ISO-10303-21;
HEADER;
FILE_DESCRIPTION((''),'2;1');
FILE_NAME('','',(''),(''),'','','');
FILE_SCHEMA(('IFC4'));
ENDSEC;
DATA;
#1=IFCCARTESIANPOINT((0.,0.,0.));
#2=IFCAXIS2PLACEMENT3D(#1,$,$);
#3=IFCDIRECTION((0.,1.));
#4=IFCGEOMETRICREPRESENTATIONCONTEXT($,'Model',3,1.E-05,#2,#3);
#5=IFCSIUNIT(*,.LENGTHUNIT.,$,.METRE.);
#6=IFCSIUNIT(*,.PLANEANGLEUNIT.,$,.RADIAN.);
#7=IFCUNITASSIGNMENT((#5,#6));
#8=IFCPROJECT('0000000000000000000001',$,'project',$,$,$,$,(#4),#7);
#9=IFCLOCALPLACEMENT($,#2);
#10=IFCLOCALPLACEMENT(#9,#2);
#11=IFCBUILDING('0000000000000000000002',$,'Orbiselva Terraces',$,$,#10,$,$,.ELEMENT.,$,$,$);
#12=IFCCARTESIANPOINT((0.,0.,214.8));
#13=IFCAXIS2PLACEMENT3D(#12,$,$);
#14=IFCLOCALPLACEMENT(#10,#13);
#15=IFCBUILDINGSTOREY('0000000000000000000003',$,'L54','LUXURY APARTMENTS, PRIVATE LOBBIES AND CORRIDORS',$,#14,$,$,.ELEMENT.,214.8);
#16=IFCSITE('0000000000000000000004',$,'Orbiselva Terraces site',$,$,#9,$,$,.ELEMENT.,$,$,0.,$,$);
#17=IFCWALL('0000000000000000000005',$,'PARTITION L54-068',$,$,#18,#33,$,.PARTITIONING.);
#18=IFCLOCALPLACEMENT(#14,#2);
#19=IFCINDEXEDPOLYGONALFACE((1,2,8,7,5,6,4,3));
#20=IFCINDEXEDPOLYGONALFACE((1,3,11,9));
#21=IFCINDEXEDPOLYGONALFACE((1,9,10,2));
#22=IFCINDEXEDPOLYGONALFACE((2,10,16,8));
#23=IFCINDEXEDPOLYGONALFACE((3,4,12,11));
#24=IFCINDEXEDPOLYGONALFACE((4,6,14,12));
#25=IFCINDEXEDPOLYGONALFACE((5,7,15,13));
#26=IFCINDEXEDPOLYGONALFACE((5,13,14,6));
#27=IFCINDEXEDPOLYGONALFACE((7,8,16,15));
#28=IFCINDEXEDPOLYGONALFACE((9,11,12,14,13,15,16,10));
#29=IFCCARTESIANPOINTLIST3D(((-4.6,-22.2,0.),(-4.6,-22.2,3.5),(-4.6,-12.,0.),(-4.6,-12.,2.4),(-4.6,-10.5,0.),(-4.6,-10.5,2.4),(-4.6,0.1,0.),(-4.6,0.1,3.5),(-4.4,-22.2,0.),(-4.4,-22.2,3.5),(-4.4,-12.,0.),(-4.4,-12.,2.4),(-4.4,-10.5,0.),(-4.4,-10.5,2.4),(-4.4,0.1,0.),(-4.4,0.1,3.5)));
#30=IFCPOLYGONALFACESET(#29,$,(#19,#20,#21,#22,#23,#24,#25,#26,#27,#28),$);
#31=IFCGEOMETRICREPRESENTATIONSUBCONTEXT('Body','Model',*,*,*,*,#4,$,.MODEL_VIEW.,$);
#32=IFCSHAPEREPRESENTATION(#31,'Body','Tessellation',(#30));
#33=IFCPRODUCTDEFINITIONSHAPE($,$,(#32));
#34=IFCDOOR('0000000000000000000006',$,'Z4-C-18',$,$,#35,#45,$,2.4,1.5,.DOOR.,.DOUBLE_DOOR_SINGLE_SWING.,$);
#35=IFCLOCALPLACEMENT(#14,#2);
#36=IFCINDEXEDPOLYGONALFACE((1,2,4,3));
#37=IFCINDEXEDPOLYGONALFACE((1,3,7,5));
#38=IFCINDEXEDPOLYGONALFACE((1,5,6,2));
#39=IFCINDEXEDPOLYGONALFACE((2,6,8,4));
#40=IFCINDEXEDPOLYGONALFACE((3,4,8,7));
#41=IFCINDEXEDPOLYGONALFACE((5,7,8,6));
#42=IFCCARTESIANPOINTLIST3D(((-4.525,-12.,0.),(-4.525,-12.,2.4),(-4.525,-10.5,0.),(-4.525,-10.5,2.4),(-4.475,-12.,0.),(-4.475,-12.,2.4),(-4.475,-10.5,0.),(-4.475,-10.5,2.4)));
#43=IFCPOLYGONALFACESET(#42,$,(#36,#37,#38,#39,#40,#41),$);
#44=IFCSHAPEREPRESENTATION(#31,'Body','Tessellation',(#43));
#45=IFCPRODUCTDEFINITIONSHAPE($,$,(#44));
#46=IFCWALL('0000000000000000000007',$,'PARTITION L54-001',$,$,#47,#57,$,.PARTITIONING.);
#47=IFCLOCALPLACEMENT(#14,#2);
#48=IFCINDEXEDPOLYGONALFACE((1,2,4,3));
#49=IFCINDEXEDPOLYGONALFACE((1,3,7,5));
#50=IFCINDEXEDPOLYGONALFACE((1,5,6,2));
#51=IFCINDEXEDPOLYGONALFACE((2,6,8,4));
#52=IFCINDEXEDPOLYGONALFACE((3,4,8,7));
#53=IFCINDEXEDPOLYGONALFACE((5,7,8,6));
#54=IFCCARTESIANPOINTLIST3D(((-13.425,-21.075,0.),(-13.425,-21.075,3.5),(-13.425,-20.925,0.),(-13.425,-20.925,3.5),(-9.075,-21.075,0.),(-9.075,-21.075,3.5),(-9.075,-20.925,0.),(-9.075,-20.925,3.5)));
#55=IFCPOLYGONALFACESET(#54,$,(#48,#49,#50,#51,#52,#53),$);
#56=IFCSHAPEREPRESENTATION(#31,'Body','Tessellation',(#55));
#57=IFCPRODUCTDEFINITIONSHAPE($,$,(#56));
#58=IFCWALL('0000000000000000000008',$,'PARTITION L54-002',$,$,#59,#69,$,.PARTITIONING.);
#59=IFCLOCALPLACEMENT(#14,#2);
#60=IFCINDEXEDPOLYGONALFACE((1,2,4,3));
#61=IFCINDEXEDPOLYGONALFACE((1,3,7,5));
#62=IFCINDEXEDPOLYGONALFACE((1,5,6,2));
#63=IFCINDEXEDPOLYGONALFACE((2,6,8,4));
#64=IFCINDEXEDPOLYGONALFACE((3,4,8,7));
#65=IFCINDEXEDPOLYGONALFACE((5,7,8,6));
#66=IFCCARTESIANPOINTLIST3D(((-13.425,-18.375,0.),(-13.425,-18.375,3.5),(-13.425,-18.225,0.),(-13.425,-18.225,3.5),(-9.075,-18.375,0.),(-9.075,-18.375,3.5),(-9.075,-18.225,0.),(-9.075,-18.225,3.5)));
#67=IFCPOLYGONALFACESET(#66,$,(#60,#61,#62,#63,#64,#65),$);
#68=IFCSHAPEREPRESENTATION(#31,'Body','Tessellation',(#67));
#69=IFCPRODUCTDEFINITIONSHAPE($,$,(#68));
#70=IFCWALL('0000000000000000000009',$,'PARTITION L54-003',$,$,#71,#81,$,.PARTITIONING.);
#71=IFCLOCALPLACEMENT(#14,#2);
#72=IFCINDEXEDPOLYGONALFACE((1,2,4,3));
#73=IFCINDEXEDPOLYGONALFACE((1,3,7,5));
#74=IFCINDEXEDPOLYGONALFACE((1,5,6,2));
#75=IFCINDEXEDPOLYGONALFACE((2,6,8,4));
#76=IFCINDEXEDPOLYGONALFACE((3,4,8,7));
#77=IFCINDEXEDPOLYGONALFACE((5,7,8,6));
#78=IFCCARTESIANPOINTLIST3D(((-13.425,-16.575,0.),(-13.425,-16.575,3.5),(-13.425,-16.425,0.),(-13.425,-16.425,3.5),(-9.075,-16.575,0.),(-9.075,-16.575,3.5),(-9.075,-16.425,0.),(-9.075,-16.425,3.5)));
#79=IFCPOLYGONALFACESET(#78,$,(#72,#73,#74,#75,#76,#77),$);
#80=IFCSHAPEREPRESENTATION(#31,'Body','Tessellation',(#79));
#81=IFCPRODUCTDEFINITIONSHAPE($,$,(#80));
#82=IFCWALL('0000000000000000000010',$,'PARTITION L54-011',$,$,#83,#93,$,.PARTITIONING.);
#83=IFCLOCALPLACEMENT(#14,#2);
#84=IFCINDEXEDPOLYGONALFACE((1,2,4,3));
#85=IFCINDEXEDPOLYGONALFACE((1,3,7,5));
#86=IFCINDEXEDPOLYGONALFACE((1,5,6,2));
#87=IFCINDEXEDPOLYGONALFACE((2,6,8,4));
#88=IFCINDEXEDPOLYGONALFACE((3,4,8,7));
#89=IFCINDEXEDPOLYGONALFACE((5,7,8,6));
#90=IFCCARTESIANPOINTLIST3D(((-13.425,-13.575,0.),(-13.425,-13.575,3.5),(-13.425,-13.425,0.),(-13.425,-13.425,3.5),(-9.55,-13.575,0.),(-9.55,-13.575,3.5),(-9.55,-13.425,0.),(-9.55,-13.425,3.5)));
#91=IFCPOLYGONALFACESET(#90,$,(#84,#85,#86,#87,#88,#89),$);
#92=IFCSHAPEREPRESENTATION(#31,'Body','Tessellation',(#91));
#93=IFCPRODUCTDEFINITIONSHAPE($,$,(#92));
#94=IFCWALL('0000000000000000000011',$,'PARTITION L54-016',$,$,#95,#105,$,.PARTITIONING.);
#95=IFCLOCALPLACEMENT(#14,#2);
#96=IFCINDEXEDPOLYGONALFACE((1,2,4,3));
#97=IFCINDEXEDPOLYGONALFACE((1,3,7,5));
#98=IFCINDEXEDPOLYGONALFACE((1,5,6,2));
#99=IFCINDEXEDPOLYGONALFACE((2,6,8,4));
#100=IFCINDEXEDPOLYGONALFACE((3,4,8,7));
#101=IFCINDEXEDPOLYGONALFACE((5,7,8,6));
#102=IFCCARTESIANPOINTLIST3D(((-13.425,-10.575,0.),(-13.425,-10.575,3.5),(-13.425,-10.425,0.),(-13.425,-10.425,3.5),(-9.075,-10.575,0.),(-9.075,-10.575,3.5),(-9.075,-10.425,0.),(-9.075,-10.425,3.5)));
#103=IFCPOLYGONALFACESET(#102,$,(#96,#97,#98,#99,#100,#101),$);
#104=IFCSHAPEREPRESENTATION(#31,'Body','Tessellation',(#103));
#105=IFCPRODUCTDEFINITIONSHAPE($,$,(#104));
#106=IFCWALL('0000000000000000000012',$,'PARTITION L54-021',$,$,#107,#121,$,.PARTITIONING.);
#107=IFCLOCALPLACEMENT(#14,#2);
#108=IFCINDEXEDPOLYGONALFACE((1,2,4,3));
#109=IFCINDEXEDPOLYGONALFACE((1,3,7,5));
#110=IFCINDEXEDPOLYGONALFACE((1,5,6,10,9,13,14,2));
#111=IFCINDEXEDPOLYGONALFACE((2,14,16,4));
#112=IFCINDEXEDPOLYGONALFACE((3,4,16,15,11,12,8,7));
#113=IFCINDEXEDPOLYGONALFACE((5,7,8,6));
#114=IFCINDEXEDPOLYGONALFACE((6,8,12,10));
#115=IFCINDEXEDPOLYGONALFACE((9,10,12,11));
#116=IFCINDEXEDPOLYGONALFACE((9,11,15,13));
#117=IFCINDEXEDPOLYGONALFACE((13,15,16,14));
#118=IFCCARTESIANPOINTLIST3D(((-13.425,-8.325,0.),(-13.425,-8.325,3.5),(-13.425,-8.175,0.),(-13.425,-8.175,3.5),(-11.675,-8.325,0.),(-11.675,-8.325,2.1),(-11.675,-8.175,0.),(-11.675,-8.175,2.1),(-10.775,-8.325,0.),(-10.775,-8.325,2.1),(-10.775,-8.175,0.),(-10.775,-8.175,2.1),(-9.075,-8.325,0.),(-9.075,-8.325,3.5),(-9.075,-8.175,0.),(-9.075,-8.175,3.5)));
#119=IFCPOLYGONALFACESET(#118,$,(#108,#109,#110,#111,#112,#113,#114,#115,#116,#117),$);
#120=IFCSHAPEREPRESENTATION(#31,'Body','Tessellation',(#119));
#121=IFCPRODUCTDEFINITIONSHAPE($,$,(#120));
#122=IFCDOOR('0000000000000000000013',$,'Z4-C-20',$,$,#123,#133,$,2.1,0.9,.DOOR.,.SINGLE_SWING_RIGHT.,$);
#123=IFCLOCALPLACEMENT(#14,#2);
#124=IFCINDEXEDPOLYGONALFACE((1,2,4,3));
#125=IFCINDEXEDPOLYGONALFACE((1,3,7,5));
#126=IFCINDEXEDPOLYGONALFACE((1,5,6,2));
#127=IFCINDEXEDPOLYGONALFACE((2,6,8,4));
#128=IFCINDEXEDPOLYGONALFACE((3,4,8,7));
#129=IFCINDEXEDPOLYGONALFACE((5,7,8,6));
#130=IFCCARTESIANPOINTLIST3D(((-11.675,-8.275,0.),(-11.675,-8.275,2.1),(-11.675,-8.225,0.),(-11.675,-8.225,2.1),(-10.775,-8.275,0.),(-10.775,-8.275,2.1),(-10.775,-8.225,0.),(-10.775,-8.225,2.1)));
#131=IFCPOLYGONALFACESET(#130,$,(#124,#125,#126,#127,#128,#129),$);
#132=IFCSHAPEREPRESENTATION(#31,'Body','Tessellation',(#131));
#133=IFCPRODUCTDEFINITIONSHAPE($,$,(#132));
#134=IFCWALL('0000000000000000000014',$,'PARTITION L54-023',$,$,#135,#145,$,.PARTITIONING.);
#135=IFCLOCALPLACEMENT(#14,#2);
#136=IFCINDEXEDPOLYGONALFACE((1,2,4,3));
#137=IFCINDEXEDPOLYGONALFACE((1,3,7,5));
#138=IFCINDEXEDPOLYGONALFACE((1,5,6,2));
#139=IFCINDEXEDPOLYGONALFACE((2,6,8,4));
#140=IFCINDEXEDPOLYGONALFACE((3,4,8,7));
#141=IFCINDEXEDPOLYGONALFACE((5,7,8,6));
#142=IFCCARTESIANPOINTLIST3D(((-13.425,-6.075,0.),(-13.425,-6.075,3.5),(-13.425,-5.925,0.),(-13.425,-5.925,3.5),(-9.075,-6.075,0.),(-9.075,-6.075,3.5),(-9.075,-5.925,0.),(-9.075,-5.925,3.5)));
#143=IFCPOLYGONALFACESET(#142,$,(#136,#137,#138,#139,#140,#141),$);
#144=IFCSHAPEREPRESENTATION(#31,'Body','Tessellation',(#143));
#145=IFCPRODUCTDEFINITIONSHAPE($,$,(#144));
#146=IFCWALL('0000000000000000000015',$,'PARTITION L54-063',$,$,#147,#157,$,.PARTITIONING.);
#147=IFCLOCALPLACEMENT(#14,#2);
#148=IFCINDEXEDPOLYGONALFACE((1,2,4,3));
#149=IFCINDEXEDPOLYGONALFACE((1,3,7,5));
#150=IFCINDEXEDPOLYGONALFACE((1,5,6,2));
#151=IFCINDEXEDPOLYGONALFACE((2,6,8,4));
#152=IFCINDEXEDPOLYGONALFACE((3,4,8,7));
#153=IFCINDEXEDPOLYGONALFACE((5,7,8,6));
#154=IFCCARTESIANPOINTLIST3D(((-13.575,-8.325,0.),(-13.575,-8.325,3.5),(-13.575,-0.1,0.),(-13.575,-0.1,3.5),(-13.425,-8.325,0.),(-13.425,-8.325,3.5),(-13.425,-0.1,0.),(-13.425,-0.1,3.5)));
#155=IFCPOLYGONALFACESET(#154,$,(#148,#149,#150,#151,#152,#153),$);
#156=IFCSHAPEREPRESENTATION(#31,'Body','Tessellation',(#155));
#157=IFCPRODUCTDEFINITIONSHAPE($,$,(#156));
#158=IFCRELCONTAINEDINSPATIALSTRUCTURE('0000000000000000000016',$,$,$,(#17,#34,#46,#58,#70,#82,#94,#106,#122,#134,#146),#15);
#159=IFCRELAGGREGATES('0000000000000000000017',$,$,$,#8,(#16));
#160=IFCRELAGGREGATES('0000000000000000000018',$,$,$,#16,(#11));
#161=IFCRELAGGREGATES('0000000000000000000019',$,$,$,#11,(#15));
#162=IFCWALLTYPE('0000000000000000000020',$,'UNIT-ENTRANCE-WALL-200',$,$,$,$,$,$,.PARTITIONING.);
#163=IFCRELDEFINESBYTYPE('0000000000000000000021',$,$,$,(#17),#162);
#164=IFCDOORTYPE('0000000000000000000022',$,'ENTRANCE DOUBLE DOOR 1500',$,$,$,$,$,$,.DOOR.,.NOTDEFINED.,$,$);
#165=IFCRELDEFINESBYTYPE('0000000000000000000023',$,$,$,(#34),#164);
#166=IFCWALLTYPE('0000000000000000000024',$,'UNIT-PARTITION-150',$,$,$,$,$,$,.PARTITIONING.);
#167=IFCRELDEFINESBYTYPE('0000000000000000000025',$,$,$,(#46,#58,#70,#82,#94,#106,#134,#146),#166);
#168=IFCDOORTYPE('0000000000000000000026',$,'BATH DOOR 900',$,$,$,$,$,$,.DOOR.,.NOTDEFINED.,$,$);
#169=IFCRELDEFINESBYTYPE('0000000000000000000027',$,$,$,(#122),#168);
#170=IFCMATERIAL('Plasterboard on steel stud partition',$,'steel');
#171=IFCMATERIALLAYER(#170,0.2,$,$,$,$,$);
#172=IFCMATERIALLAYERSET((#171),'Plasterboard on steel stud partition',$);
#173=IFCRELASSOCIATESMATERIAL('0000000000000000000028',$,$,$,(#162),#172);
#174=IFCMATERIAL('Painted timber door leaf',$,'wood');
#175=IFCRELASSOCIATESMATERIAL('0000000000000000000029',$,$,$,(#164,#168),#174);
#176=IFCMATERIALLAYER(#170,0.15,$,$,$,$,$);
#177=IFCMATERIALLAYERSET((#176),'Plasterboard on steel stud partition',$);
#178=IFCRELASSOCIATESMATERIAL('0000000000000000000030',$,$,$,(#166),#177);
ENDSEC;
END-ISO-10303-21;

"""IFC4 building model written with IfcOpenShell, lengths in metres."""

from ifc_helpers import new_model, si_unit, direction, frame, frame_2d, origin, place, context, subcontext, project, spatial, rectangle, extrude, material, layer, layer_set, type_object, element, fill, save


model = new_model("IFC4")

# Units and contexts
model_context = context("Model", 3, precision=1e-05, world=origin(), true_north=direction((0.0, 1.0)))
body_context = subcontext(model_context, "Body", "Model", "MODEL_VIEW")
ifc_project = project(units=[si_unit("LENGTHUNIT", "METRE"), si_unit("PLANEANGLEUNIT", "RADIAN")], contexts=[model_context])

# Site, building, storey
site_placement = place(None, origin())
site = spatial("IfcSite", under=ifc_project, at=site_placement, Name="Orbiselva Terraces site", CompositionType="ELEMENT", RefElevation=0.0)
building_placement = place(site_placement, origin())
building = spatial("IfcBuilding", under=site, at=building_placement, Name="Orbiselva Terraces", CompositionType="ELEMENT")
storey_placement = place(building_placement, frame((0.0, 0.0, 214.8)))
storey = spatial("IfcBuildingStorey", under=building, at=storey_placement, Name="L54", Description="LUXURY APARTMENTS, PRIVATE LOBBIES AND CORRIDORS", CompositionType="ELEMENT", Elevation=214.8)

# Wall, opening, door
ifc_material_1 = material(Name="Plasterboard on steel stud partition", Category="steel")
ifc_layer_1 = layer(ifc_material_1, 0.2)
ifc_layer_set_1 = layer_set([ifc_layer_1], Name="Plasterboard on steel stud partition")
wall_type_1 = type_object("IfcWallType", Name="UNIT-ENTRANCE-WALL-200", PredefinedType="PARTITIONING", material=ifc_layer_set_1)
wall_1_placement = place(storey_placement, frame((-4.5, -22.2, 0.0), z_axis=(0.0, 0.0, 1.0), x_axis=(0.0, 1.0, 0.0)))
wall_1 = element("IfcWall", 1, at=wall_1_placement, inside=storey, type_object=wall_type_1, Name="PARTITION L54-068", PredefinedType="PARTITIONING", context=body_context, shape_type="SweptSolid", body=[
    extrude(rectangle(XDim=22.3, YDim=0.2, at=frame_2d((11.15, 0.0))), origin(), (0.0, 0.0, 1.0), 3.5),
])
opening_1_placement = place(wall_1_placement, frame((10.2, 0.0, 0.0)))
opening_1 = element("IfcOpeningElement", 2, at=opening_1_placement, cuts=wall_1, PredefinedType="OPENING", context=body_context, shape_type="SweptSolid", body=[
    extrude(rectangle(XDim=1.5, YDim=2.4, at=frame_2d((0.75, 1.2))), frame((0.0, 0.11, 0.0), z_axis=(0.0, -1.0, 0.0), x_axis=(1.0, 0.0, 0.0)), (0.0, 0.0, 1.0), 0.22),
])
ifc_material_2 = material(Name="Painted timber door leaf", Category="wood")
door_type_1 = type_object("IfcDoorType", Name="ENTRANCE DOUBLE DOOR 1500", OperationType="NOTDEFINED", PredefinedType="DOOR", material=ifc_material_2)
door_1_placement = place(opening_1_placement, origin())
door_1 = element("IfcDoor", 3, at=door_1_placement, inside=storey, type_object=door_type_1, Name="Z4-C-18", OperationType="DOUBLE_DOOR_SINGLE_SWING", OverallHeight=2.4, OverallWidth=1.5, PredefinedType="DOOR", context=body_context, shape_type="SweptSolid", body=[
    extrude(rectangle(XDim=1.5, YDim=2.4, at=frame_2d((0.75, 1.2))), frame((0.0, 0.025, 0.0), z_axis=(0.0, -1.0, 0.0), x_axis=(1.0, 0.0, 0.0)), (0.0, 0.0, 1.0), 0.05),
])
fill(opening_1, door_1)

# Walls
ifc_layer_2 = layer(ifc_material_1, 0.15)
ifc_layer_set_2 = layer_set([ifc_layer_2], Name="Plasterboard on steel stud partition")
wall_type_2 = type_object("IfcWallType", Name="UNIT-PARTITION-150", PredefinedType="PARTITIONING", material=ifc_layer_set_2)
for number, where, z_axis, x_axis, name in (
    (4, (-13.425, -21.0, 0.0), (0.0, 0.0, 1.0), (1.0, 0.0, 0.0), "PARTITION L54-001"),
    (5, (-13.425, -18.3, 0.0), (0.0, 0.0, 1.0), (1.0, 0.0, 0.0), "PARTITION L54-002"),
    (6, (-13.425, -16.5, 0.0), (0.0, 0.0, 1.0), (1.0, 0.0, 0.0), "PARTITION L54-003"),
):
    element("IfcWall", number, at=place(storey_placement, frame(where, z_axis=z_axis, x_axis=x_axis)), inside=storey, type_object=wall_type_2, Name=name, PredefinedType="PARTITIONING", context=body_context, shape_type="SweptSolid", body=[
        extrude(rectangle(XDim=4.35, YDim=0.15, at=frame_2d((2.175, 0.0))), origin(), (0.0, 0.0, 1.0), 3.5),
    ])
wall_2_placement = place(storey_placement, frame((-13.425, -13.5, 0.0), z_axis=(0.0, 0.0, 1.0), x_axis=(1.0, 0.0, 0.0)))
element("IfcWall", 7, at=wall_2_placement, inside=storey, type_object=wall_type_2, Name="PARTITION L54-011", PredefinedType="PARTITIONING", context=body_context, shape_type="SweptSolid", body=[
    extrude(rectangle(XDim=3.875, YDim=0.15, at=frame_2d((1.9375, 0.0))), origin(), (0.0, 0.0, 1.0), 3.5),
])
wall_3_placement = place(storey_placement, frame((-13.425, -10.5, 0.0), z_axis=(0.0, 0.0, 1.0), x_axis=(1.0, 0.0, 0.0)))
element("IfcWall", 8, at=wall_3_placement, inside=storey, type_object=wall_type_2, Name="PARTITION L54-016", PredefinedType="PARTITIONING", context=body_context, shape_type="SweptSolid", body=[
    extrude(rectangle(XDim=4.35, YDim=0.15, at=frame_2d((2.175, 0.0))), origin(), (0.0, 0.0, 1.0), 3.5),
])

# Wall, opening, door
wall_4_placement = place(storey_placement, frame((-13.425, -8.25, 0.0), z_axis=(0.0, 0.0, 1.0), x_axis=(1.0, 0.0, 0.0)))
wall_4 = element("IfcWall", 9, at=wall_4_placement, inside=storey, type_object=wall_type_2, Name="PARTITION L54-021", PredefinedType="PARTITIONING", context=body_context, shape_type="SweptSolid", body=[
    extrude(rectangle(XDim=4.35, YDim=0.15, at=frame_2d((2.175, 0.0))), origin(), (0.0, 0.0, 1.0), 3.5),
])
opening_2_placement = place(wall_4_placement, frame((1.75, 0.0, 0.0)))
opening_2 = element("IfcOpeningElement", 10, at=opening_2_placement, cuts=wall_4, PredefinedType="OPENING", context=body_context, shape_type="SweptSolid", body=[
    extrude(rectangle(XDim=0.9, YDim=2.1, at=frame_2d((0.45, 1.05))), frame((0.0, 0.085, 0.0), z_axis=(0.0, -1.0, 0.0), x_axis=(1.0, 0.0, 0.0)), (0.0, 0.0, 1.0), 0.17),
])
door_type_2 = type_object("IfcDoorType", Name="BATH DOOR 900", OperationType="NOTDEFINED", PredefinedType="DOOR", material=ifc_material_2)
door_2_placement = place(opening_2_placement, origin())
door_2 = element("IfcDoor", 11, at=door_2_placement, inside=storey, type_object=door_type_2, Name="Z4-C-20", OperationType="SINGLE_SWING_RIGHT", OverallHeight=2.1, OverallWidth=0.9, PredefinedType="DOOR", context=body_context, shape_type="SweptSolid", body=[
    extrude(rectangle(XDim=0.9, YDim=2.1, at=frame_2d((0.45, 1.05))), frame((0.0, 0.025, 0.0), z_axis=(0.0, -1.0, 0.0), x_axis=(1.0, 0.0, 0.0)), (0.0, 0.0, 1.0), 0.05),
])
fill(opening_2, door_2)

# Walls
wall_5_placement = place(storey_placement, frame((-13.425, -6.0, 0.0), z_axis=(0.0, 0.0, 1.0), x_axis=(1.0, 0.0, 0.0)))
element("IfcWall", 12, at=wall_5_placement, inside=storey, type_object=wall_type_2, Name="PARTITION L54-023", PredefinedType="PARTITIONING", context=body_context, shape_type="SweptSolid", body=[
    extrude(rectangle(XDim=4.35, YDim=0.15, at=frame_2d((2.175, 0.0))), origin(), (0.0, 0.0, 1.0), 3.5),
])
wall_6_placement = place(storey_placement, frame((-13.5, -8.325, 0.0), z_axis=(0.0, 0.0, 1.0), x_axis=(0.0, 1.0, 0.0)))
element("IfcWall", 13, at=wall_6_placement, inside=storey, type_object=wall_type_2, Name="PARTITION L54-063", PredefinedType="PARTITIONING", context=body_context, shape_type="SweptSolid", body=[
    extrude(rectangle(XDim=8.225, YDim=0.15, at=frame_2d((4.1125, 0.0))), origin(), (0.0, 0.0, 1.0), 3.5),
])

save(model, "model.ifc")
